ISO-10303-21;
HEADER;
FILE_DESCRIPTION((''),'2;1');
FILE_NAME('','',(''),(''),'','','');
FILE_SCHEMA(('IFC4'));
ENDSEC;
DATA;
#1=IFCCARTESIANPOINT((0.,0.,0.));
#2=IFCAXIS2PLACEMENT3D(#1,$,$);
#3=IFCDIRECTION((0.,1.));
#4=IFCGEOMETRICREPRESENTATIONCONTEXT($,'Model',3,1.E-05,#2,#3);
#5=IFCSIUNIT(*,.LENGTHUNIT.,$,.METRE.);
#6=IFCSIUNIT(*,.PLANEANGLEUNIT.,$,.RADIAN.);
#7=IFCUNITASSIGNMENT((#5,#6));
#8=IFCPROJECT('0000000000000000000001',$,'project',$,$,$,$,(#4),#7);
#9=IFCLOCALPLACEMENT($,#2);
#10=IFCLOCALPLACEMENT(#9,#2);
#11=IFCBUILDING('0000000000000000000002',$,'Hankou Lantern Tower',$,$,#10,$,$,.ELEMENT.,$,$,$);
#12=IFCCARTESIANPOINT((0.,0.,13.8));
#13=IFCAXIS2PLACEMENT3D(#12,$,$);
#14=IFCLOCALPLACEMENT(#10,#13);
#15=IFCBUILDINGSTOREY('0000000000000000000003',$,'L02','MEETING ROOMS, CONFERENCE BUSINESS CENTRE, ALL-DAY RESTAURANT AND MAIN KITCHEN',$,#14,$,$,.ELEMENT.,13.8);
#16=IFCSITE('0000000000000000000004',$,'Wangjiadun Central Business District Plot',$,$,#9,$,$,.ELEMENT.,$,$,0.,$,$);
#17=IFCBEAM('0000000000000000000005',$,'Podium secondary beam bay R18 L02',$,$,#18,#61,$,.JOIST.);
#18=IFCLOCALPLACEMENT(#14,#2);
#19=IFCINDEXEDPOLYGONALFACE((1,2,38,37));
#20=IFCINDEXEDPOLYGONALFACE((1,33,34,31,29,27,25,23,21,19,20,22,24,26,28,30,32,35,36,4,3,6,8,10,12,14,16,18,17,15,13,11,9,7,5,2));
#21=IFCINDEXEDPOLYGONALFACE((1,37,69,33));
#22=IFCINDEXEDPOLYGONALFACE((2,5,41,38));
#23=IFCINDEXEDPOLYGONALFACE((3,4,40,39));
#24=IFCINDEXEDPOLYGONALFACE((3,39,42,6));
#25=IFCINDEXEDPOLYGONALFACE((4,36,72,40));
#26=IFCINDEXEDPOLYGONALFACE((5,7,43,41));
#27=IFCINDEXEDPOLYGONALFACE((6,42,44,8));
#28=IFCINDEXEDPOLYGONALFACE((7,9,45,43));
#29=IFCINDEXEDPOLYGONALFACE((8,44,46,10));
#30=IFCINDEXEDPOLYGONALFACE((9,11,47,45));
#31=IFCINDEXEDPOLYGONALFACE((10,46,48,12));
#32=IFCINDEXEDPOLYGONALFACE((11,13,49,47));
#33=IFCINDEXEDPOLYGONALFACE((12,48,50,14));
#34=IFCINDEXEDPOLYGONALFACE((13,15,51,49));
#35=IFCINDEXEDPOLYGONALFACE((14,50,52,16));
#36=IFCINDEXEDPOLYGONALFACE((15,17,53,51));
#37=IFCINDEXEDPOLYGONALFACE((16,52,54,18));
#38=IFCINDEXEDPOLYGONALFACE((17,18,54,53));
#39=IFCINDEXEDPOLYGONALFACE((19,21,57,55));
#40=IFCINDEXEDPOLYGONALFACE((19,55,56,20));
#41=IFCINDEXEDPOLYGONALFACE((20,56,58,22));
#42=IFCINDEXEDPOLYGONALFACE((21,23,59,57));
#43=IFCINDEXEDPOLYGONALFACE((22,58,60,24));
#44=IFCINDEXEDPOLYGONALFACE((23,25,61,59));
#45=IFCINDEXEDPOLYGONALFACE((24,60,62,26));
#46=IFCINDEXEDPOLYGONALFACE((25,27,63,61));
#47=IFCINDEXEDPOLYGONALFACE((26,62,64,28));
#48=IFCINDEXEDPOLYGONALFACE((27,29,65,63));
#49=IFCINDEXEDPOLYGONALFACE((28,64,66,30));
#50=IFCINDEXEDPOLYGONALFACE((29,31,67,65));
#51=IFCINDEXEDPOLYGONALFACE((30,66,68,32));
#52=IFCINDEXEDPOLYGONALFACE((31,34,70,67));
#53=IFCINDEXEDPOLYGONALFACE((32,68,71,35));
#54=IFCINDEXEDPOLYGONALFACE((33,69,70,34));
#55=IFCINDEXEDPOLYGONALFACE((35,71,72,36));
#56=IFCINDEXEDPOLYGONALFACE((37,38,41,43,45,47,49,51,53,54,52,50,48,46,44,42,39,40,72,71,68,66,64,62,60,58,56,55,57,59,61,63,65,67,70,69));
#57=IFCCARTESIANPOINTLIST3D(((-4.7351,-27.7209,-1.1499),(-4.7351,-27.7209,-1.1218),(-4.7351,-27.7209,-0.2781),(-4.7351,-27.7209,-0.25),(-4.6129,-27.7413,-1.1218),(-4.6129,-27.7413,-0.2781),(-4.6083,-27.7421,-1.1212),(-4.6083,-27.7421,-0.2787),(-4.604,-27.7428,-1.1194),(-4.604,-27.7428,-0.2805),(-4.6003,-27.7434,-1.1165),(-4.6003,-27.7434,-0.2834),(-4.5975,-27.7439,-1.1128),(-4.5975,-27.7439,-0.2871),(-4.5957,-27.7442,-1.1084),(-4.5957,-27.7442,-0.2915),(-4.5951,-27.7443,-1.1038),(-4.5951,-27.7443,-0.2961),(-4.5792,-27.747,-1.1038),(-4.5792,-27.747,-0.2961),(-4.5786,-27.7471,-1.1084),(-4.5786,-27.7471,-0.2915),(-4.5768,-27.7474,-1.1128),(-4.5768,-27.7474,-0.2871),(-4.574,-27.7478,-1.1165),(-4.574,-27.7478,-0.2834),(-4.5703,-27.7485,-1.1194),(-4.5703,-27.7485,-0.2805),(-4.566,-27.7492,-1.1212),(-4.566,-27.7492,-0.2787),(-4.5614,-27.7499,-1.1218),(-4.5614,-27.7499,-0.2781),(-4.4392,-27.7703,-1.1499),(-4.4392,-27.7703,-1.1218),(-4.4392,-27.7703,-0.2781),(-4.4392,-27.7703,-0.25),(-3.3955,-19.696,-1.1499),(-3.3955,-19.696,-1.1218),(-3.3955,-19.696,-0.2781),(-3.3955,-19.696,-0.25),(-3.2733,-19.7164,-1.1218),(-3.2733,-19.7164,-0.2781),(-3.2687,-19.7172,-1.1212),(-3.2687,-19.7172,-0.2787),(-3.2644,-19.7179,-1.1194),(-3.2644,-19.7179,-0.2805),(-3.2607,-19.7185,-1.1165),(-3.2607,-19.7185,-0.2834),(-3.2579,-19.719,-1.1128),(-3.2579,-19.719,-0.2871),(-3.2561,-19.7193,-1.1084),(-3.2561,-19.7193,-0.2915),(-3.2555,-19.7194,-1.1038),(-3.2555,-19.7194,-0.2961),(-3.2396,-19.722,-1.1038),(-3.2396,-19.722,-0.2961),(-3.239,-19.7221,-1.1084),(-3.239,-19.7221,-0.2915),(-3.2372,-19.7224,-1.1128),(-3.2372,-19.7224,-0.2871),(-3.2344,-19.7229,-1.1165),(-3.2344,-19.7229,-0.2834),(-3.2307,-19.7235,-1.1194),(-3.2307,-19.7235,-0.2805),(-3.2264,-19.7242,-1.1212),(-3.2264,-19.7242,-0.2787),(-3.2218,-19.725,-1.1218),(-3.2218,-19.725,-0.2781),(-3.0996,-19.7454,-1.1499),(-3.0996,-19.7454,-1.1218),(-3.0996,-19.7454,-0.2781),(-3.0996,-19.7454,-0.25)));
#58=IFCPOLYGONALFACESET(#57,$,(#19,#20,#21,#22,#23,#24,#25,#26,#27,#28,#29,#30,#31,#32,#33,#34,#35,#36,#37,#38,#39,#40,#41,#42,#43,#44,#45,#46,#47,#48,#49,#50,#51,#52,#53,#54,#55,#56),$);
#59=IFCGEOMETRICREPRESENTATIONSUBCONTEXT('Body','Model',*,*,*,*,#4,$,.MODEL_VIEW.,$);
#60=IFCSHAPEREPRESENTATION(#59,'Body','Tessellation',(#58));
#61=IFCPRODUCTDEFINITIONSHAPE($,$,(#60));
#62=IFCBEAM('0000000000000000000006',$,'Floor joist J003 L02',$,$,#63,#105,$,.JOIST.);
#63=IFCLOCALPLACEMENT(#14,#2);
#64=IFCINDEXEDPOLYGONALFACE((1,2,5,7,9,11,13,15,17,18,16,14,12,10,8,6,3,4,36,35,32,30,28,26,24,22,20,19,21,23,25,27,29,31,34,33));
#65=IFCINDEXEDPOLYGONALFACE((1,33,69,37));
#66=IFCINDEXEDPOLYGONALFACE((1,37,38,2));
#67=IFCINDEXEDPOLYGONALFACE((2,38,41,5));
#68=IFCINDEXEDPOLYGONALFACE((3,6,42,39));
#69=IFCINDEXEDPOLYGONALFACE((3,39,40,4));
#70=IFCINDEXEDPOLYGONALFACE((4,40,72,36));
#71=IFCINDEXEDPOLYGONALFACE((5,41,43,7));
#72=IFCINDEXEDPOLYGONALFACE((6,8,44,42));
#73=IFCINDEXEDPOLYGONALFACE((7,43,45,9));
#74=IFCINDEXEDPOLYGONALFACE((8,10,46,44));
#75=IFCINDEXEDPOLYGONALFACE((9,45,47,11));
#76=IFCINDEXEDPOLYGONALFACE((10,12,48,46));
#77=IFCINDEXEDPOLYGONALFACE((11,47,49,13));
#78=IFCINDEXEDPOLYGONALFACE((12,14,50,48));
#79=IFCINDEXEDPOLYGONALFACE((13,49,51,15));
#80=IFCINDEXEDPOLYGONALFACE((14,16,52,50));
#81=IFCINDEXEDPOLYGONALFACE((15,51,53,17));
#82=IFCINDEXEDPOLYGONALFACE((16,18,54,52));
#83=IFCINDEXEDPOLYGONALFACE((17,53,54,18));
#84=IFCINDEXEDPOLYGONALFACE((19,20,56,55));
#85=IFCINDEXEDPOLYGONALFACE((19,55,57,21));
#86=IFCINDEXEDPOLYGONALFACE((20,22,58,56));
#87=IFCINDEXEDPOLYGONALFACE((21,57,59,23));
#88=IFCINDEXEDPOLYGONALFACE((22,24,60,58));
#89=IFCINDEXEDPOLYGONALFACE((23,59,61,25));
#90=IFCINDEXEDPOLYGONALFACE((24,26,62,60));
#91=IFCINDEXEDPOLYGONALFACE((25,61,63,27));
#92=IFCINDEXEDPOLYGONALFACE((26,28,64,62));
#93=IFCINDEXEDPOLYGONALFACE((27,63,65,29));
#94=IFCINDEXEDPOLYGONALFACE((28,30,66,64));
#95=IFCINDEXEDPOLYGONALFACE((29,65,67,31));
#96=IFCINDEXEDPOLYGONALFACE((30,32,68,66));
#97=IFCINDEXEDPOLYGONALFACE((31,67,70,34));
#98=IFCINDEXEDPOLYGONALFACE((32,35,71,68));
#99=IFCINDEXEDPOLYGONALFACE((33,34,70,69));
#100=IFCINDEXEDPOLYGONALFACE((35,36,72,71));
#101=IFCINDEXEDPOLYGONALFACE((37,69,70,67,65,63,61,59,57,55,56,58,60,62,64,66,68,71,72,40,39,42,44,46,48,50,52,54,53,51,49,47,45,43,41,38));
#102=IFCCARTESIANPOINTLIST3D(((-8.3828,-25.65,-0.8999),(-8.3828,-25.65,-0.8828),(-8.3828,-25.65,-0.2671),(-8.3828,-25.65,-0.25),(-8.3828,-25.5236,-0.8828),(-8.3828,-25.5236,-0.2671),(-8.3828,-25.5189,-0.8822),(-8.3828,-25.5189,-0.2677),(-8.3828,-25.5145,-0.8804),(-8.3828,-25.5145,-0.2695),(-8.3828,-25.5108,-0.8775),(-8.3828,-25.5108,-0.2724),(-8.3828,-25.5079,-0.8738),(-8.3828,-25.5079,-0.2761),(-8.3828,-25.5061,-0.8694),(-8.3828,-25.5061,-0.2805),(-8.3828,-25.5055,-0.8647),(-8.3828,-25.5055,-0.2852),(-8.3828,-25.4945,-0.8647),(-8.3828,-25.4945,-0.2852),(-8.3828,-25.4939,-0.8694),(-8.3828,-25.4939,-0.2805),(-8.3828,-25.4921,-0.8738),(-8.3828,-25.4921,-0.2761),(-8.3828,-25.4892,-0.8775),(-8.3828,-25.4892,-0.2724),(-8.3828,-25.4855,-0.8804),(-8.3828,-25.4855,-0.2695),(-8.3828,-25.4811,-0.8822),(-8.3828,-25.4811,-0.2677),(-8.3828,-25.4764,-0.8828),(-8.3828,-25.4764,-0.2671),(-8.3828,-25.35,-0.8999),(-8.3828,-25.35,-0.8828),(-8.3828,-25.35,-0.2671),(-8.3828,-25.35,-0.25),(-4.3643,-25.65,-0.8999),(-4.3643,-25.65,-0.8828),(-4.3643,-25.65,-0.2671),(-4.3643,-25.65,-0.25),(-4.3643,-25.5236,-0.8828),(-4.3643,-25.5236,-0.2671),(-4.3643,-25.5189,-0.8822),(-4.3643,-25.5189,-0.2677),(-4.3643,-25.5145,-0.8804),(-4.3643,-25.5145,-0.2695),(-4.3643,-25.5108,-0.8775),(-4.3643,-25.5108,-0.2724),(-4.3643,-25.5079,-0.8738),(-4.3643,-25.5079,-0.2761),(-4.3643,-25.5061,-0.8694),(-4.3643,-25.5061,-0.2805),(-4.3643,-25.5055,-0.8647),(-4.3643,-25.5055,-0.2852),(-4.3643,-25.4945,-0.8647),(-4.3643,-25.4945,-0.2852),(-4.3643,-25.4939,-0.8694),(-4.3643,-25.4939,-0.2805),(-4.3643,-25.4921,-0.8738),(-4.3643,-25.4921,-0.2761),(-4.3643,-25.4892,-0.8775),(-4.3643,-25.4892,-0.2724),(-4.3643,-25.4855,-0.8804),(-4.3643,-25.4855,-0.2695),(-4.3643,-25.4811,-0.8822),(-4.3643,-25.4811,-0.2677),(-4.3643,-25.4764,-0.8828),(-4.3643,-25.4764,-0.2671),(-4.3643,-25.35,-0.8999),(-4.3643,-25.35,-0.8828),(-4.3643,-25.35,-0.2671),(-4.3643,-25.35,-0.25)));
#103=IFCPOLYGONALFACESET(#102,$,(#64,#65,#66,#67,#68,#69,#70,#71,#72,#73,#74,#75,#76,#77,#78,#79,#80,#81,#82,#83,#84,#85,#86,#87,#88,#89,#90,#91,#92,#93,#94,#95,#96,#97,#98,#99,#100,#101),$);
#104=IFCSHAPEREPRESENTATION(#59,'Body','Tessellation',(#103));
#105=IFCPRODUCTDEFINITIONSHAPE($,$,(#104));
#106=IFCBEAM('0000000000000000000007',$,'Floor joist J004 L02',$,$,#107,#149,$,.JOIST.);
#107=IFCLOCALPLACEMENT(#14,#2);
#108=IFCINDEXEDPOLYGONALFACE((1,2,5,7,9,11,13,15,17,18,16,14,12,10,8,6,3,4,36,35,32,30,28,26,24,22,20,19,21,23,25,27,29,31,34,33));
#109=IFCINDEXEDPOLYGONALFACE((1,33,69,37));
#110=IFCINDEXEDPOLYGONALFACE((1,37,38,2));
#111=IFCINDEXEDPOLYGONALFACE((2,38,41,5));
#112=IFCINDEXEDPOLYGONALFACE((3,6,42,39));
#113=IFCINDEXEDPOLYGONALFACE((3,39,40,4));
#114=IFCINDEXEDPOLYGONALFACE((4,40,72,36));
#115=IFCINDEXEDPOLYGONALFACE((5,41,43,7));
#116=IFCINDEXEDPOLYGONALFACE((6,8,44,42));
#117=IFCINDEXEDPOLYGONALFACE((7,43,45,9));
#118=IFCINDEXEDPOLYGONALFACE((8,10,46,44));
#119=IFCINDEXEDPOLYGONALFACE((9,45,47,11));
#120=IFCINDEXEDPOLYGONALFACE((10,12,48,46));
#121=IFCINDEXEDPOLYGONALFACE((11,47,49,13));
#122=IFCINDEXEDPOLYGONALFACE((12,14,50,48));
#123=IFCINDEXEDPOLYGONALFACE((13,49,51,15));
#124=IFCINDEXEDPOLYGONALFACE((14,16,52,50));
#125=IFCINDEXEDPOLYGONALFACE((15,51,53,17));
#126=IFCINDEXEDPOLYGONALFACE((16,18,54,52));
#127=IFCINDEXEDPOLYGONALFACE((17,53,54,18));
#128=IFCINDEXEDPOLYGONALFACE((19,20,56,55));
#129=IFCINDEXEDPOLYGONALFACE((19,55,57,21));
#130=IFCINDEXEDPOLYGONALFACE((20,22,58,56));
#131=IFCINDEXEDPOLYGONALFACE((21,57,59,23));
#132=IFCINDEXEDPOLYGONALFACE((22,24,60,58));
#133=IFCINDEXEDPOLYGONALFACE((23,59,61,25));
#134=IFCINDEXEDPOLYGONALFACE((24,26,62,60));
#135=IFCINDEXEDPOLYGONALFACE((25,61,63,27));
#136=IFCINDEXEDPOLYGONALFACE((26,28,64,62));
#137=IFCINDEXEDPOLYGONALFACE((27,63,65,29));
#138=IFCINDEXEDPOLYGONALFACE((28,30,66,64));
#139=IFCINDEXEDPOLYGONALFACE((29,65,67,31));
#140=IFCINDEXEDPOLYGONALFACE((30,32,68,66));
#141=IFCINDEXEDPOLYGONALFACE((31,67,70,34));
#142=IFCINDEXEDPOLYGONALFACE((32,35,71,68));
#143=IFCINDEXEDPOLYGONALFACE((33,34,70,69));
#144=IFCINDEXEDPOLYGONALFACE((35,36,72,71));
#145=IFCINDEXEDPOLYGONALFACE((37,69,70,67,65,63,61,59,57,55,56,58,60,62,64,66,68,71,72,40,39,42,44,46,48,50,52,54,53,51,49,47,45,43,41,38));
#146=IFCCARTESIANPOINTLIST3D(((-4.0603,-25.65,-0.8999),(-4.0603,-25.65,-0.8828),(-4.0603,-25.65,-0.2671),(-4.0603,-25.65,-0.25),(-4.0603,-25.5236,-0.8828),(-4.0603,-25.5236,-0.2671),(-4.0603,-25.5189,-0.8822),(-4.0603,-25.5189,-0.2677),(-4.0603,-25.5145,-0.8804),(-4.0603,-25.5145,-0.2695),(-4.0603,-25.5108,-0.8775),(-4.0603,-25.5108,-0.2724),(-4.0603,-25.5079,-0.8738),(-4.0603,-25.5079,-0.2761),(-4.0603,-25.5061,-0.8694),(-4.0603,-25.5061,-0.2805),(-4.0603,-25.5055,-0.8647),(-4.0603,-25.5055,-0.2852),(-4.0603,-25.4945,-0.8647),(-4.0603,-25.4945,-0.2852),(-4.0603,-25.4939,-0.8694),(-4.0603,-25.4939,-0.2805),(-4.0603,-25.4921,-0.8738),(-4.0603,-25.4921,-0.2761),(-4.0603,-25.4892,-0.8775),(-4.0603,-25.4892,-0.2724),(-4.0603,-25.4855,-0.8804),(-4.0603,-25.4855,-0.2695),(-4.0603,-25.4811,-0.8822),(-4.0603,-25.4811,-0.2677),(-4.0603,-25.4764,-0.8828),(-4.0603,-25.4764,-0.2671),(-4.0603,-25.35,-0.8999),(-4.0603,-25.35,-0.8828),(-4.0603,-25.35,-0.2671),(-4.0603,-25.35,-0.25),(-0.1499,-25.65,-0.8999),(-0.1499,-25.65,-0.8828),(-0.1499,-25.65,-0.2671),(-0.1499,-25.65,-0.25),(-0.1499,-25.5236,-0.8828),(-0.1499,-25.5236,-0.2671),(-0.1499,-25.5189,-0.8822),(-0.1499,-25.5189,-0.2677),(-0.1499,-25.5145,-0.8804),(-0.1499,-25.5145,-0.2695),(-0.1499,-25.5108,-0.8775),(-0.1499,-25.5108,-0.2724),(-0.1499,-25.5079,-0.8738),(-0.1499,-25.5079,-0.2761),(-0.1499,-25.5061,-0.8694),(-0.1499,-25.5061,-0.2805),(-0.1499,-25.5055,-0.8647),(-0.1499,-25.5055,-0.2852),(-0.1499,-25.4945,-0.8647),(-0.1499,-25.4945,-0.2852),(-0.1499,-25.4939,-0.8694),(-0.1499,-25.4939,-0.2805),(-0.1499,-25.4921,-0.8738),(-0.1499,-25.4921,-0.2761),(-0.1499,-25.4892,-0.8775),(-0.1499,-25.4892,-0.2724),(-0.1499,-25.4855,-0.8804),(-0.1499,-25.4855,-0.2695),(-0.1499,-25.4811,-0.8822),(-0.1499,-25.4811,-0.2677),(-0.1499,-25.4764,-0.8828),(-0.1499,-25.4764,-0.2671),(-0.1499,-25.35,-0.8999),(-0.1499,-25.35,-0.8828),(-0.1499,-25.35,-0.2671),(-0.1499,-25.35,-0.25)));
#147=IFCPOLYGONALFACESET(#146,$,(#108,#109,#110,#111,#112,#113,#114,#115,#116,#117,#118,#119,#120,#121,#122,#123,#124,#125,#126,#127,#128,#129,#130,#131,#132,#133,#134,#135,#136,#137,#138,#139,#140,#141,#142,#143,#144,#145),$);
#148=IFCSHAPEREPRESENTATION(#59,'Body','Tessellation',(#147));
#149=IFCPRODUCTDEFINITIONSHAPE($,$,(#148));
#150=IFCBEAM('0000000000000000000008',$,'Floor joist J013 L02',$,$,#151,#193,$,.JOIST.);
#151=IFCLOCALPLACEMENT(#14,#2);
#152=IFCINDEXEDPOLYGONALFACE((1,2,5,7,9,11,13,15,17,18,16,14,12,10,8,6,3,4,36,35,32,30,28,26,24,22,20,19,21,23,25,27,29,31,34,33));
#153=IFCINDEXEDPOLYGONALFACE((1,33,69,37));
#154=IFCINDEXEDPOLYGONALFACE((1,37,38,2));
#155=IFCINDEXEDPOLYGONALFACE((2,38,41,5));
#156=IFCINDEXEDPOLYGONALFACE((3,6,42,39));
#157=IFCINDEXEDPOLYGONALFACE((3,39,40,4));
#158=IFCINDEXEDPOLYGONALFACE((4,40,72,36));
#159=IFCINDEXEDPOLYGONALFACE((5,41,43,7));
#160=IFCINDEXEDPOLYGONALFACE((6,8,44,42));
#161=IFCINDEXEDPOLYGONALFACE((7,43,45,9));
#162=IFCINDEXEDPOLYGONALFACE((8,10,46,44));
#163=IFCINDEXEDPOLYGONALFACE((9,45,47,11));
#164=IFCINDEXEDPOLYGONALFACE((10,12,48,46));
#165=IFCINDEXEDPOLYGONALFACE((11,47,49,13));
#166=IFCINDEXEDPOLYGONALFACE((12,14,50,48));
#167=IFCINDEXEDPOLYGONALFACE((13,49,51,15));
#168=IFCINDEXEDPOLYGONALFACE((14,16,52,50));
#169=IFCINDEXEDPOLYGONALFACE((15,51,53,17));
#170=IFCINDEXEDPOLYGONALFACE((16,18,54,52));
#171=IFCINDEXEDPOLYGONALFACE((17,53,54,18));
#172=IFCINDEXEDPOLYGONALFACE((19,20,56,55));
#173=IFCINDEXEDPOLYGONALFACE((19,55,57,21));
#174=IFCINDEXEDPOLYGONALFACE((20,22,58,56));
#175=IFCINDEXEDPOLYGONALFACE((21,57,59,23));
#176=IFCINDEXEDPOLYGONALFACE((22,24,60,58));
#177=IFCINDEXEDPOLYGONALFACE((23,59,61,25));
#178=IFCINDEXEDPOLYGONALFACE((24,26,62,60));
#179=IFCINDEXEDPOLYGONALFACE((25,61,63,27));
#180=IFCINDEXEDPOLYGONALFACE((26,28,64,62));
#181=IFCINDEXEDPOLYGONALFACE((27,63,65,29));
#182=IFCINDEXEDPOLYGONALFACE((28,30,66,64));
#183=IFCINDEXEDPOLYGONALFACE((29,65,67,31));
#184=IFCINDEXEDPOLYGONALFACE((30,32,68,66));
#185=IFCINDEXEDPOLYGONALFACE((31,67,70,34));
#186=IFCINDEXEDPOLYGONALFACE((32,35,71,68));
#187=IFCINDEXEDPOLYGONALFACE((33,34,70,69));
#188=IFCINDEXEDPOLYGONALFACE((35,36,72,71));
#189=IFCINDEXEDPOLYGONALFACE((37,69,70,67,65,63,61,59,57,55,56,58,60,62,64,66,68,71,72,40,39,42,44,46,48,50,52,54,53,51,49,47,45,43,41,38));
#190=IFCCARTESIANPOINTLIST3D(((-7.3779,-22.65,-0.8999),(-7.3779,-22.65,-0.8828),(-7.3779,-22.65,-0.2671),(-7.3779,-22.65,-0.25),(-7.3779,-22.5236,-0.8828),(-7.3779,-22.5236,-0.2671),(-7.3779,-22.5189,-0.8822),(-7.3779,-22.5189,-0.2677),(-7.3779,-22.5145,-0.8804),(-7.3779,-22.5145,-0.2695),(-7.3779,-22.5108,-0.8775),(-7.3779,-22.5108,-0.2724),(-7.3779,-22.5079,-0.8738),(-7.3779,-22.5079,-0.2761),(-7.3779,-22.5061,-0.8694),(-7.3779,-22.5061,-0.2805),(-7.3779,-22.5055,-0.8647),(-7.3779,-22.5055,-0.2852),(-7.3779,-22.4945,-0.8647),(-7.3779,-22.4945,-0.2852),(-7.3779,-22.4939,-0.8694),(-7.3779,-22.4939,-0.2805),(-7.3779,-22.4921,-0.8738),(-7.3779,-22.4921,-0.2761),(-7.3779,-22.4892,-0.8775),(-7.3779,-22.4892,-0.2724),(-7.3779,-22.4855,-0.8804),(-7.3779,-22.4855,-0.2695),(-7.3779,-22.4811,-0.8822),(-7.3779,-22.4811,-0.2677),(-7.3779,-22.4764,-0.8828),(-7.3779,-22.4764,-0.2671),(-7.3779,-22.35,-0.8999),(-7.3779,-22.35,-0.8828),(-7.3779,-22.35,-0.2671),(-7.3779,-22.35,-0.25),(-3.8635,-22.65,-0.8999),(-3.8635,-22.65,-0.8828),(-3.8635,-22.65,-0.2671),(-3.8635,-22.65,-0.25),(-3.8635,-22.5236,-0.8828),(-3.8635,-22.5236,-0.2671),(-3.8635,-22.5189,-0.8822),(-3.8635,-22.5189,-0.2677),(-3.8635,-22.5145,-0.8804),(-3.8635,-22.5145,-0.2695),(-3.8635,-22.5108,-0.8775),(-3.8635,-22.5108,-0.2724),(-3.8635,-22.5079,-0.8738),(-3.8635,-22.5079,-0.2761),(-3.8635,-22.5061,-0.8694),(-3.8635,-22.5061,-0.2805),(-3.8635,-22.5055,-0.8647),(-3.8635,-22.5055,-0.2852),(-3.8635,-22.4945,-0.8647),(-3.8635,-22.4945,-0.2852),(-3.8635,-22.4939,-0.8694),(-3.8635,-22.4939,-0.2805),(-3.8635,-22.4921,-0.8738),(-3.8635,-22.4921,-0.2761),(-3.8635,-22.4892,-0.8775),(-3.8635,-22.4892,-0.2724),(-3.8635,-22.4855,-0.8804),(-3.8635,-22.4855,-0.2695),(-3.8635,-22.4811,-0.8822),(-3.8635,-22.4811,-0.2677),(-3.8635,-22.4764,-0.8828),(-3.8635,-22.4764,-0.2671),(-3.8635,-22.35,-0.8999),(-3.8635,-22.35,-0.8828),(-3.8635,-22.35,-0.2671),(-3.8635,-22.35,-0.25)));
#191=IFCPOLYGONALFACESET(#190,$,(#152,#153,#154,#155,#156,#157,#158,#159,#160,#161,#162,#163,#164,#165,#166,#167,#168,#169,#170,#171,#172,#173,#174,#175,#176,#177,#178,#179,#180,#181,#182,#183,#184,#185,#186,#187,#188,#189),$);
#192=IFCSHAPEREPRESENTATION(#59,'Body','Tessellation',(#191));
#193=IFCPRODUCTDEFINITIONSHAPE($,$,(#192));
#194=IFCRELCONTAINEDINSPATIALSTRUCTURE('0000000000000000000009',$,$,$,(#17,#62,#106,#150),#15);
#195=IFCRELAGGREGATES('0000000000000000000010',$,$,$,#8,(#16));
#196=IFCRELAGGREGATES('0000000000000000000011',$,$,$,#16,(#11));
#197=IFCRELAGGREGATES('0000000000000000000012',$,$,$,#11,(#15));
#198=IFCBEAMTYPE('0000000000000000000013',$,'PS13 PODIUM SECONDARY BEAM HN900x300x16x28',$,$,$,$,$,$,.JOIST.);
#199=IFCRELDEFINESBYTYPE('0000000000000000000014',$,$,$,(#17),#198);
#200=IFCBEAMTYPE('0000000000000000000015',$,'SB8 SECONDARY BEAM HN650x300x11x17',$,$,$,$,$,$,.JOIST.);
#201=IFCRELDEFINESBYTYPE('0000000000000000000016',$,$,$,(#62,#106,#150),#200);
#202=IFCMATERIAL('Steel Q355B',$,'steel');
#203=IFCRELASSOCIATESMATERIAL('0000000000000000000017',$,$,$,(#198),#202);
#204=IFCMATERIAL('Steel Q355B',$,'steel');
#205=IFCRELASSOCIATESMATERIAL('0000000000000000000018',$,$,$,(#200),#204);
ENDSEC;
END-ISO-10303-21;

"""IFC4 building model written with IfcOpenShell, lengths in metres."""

from ifc_helpers import new_model, si_unit, direction, frame, origin, origin_2d, place, context, subcontext, project, spatial, i_section, extrude, material, material_profile, profile_set, type_object, element, save


model = new_model("IFC4")

# Units and contexts
model_context = context("Model", 3, precision=1e-05, world=origin(), true_north=direction((0.0, 1.0)))
body_context = subcontext(model_context, "Body", "Model", "MODEL_VIEW")
ifc_project = project(units=[si_unit("LENGTHUNIT", "METRE"), si_unit("PLANEANGLEUNIT", "RADIAN")], contexts=[model_context])

# Site, building, storey
site_placement = place(None, origin())
site = spatial("IfcSite", under=ifc_project, at=site_placement, Name="Wangjiadun Central Business District Plot", CompositionType="ELEMENT", RefElevation=0.0)
building_placement = place(site_placement, origin())
building = spatial("IfcBuilding", under=site, at=building_placement, Name="Hankou Lantern Tower", CompositionType="ELEMENT")
storey_placement = place(building_placement, frame((0.0, 0.0, 13.8)))
storey = spatial("IfcBuildingStorey", under=building, at=storey_placement, Name="L02", Description="MEETING ROOMS, CONFERENCE BUSINESS CENTRE, ALL-DAY RESTAURANT AND MAIN KITCHEN", CompositionType="ELEMENT", Elevation=13.8)

# Beams
ifc_material_1 = material(Name="Steel Q355B", Category="steel")
ifc_material_profile_1 = material_profile(ifc_material_1, i_section(OverallWidth=0.3, OverallDepth=0.8999, WebThickness=0.0161, FlangeThickness=0.0281, FilletRadius=0.0181, at=origin_2d()), Name="HN900x300x16x28")
ifc_profile_set_1 = profile_set([ifc_material_profile_1], Name="Steel Q355B")
beam_type_1 = type_object("IfcBeamType", Name="PS13 PODIUM SECONDARY BEAM HN900x300x16x28", PredefinedType="JOIST", material=ifc_profile_set_1)
beam_1_placement = place(storey_placement, frame((-3.2476, -19.7207, -0.7), z_axis=(-0.164652, -0.986352, 0.0), x_axis=(0.986352, -0.164652, 0.0)))
element("IfcBeam", 1, at=beam_1_placement, inside=storey, type_object=beam_type_1, Name="Podium secondary beam bay R18 L02", PredefinedType="JOIST", context=body_context, shape_type="SweptSolid", body=[
    extrude(i_section(OverallWidth=0.3, OverallDepth=0.8999, WebThickness=0.0161, FlangeThickness=0.0281, FilletRadius=0.0181, at=origin_2d()), origin(), (0.0, 0.0, 1.0), 8.136),
])
ifc_material_2 = material(Name="Steel Q355B", Category="steel")
ifc_material_profile_2 = material_profile(ifc_material_2, i_section(OverallWidth=0.3, OverallDepth=0.6499, WebThickness=0.011, FlangeThickness=0.0171, FilletRadius=0.0181, at=origin_2d()), Name="HN650x300x11x17")
ifc_profile_set_2 = profile_set([ifc_material_profile_2], Name="Steel Q355B")
beam_type_2 = type_object("IfcBeamType", Name="SB8 SECONDARY BEAM HN650x300x11x17", PredefinedType="JOIST", material=ifc_profile_set_2)
beam_2_placement = place(storey_placement, frame((-8.3828, -25.5, -0.575), z_axis=(1.0, 0.0, 0.0), x_axis=(0.0, 1.0, 0.0)))
element("IfcBeam", 2, at=beam_2_placement, inside=storey, type_object=beam_type_2, Name="Floor joist J003 L02", PredefinedType="JOIST", context=body_context, shape_type="SweptSolid", body=[
    extrude(i_section(OverallWidth=0.3, OverallDepth=0.6499, WebThickness=0.011, FlangeThickness=0.0171, FilletRadius=0.0181, at=origin_2d()), origin(), (0.0, 0.0, 1.0), 4.0186),
])
beam_3_placement = place(storey_placement, frame((-4.0603, -25.5, -0.575), z_axis=(1.0, 0.0, 0.0), x_axis=(0.0, 1.0, 0.0)))
element("IfcBeam", 3, at=beam_3_placement, inside=storey, type_object=beam_type_2, Name="Floor joist J004 L02", PredefinedType="JOIST", context=body_context, shape_type="SweptSolid", body=[
    extrude(i_section(OverallWidth=0.3, OverallDepth=0.6499, WebThickness=0.011, FlangeThickness=0.0171, FilletRadius=0.0181, at=origin_2d()), origin(), (0.0, 0.0, 1.0), 3.9104),
])
beam_4_placement = place(storey_placement, frame((-7.3779, -22.5, -0.575), z_axis=(1.0, 0.0, 0.0), x_axis=(0.0, 1.0, 0.0)))
element("IfcBeam", 4, at=beam_4_placement, inside=storey, type_object=beam_type_2, Name="Floor joist J013 L02", PredefinedType="JOIST", context=body_context, shape_type="SweptSolid", body=[
    extrude(i_section(OverallWidth=0.3, OverallDepth=0.6499, WebThickness=0.011, FlangeThickness=0.0171, FilletRadius=0.0181, at=origin_2d()), origin(), (0.0, 0.0, 1.0), 3.5144),
])

save(model, "model.ifc")
